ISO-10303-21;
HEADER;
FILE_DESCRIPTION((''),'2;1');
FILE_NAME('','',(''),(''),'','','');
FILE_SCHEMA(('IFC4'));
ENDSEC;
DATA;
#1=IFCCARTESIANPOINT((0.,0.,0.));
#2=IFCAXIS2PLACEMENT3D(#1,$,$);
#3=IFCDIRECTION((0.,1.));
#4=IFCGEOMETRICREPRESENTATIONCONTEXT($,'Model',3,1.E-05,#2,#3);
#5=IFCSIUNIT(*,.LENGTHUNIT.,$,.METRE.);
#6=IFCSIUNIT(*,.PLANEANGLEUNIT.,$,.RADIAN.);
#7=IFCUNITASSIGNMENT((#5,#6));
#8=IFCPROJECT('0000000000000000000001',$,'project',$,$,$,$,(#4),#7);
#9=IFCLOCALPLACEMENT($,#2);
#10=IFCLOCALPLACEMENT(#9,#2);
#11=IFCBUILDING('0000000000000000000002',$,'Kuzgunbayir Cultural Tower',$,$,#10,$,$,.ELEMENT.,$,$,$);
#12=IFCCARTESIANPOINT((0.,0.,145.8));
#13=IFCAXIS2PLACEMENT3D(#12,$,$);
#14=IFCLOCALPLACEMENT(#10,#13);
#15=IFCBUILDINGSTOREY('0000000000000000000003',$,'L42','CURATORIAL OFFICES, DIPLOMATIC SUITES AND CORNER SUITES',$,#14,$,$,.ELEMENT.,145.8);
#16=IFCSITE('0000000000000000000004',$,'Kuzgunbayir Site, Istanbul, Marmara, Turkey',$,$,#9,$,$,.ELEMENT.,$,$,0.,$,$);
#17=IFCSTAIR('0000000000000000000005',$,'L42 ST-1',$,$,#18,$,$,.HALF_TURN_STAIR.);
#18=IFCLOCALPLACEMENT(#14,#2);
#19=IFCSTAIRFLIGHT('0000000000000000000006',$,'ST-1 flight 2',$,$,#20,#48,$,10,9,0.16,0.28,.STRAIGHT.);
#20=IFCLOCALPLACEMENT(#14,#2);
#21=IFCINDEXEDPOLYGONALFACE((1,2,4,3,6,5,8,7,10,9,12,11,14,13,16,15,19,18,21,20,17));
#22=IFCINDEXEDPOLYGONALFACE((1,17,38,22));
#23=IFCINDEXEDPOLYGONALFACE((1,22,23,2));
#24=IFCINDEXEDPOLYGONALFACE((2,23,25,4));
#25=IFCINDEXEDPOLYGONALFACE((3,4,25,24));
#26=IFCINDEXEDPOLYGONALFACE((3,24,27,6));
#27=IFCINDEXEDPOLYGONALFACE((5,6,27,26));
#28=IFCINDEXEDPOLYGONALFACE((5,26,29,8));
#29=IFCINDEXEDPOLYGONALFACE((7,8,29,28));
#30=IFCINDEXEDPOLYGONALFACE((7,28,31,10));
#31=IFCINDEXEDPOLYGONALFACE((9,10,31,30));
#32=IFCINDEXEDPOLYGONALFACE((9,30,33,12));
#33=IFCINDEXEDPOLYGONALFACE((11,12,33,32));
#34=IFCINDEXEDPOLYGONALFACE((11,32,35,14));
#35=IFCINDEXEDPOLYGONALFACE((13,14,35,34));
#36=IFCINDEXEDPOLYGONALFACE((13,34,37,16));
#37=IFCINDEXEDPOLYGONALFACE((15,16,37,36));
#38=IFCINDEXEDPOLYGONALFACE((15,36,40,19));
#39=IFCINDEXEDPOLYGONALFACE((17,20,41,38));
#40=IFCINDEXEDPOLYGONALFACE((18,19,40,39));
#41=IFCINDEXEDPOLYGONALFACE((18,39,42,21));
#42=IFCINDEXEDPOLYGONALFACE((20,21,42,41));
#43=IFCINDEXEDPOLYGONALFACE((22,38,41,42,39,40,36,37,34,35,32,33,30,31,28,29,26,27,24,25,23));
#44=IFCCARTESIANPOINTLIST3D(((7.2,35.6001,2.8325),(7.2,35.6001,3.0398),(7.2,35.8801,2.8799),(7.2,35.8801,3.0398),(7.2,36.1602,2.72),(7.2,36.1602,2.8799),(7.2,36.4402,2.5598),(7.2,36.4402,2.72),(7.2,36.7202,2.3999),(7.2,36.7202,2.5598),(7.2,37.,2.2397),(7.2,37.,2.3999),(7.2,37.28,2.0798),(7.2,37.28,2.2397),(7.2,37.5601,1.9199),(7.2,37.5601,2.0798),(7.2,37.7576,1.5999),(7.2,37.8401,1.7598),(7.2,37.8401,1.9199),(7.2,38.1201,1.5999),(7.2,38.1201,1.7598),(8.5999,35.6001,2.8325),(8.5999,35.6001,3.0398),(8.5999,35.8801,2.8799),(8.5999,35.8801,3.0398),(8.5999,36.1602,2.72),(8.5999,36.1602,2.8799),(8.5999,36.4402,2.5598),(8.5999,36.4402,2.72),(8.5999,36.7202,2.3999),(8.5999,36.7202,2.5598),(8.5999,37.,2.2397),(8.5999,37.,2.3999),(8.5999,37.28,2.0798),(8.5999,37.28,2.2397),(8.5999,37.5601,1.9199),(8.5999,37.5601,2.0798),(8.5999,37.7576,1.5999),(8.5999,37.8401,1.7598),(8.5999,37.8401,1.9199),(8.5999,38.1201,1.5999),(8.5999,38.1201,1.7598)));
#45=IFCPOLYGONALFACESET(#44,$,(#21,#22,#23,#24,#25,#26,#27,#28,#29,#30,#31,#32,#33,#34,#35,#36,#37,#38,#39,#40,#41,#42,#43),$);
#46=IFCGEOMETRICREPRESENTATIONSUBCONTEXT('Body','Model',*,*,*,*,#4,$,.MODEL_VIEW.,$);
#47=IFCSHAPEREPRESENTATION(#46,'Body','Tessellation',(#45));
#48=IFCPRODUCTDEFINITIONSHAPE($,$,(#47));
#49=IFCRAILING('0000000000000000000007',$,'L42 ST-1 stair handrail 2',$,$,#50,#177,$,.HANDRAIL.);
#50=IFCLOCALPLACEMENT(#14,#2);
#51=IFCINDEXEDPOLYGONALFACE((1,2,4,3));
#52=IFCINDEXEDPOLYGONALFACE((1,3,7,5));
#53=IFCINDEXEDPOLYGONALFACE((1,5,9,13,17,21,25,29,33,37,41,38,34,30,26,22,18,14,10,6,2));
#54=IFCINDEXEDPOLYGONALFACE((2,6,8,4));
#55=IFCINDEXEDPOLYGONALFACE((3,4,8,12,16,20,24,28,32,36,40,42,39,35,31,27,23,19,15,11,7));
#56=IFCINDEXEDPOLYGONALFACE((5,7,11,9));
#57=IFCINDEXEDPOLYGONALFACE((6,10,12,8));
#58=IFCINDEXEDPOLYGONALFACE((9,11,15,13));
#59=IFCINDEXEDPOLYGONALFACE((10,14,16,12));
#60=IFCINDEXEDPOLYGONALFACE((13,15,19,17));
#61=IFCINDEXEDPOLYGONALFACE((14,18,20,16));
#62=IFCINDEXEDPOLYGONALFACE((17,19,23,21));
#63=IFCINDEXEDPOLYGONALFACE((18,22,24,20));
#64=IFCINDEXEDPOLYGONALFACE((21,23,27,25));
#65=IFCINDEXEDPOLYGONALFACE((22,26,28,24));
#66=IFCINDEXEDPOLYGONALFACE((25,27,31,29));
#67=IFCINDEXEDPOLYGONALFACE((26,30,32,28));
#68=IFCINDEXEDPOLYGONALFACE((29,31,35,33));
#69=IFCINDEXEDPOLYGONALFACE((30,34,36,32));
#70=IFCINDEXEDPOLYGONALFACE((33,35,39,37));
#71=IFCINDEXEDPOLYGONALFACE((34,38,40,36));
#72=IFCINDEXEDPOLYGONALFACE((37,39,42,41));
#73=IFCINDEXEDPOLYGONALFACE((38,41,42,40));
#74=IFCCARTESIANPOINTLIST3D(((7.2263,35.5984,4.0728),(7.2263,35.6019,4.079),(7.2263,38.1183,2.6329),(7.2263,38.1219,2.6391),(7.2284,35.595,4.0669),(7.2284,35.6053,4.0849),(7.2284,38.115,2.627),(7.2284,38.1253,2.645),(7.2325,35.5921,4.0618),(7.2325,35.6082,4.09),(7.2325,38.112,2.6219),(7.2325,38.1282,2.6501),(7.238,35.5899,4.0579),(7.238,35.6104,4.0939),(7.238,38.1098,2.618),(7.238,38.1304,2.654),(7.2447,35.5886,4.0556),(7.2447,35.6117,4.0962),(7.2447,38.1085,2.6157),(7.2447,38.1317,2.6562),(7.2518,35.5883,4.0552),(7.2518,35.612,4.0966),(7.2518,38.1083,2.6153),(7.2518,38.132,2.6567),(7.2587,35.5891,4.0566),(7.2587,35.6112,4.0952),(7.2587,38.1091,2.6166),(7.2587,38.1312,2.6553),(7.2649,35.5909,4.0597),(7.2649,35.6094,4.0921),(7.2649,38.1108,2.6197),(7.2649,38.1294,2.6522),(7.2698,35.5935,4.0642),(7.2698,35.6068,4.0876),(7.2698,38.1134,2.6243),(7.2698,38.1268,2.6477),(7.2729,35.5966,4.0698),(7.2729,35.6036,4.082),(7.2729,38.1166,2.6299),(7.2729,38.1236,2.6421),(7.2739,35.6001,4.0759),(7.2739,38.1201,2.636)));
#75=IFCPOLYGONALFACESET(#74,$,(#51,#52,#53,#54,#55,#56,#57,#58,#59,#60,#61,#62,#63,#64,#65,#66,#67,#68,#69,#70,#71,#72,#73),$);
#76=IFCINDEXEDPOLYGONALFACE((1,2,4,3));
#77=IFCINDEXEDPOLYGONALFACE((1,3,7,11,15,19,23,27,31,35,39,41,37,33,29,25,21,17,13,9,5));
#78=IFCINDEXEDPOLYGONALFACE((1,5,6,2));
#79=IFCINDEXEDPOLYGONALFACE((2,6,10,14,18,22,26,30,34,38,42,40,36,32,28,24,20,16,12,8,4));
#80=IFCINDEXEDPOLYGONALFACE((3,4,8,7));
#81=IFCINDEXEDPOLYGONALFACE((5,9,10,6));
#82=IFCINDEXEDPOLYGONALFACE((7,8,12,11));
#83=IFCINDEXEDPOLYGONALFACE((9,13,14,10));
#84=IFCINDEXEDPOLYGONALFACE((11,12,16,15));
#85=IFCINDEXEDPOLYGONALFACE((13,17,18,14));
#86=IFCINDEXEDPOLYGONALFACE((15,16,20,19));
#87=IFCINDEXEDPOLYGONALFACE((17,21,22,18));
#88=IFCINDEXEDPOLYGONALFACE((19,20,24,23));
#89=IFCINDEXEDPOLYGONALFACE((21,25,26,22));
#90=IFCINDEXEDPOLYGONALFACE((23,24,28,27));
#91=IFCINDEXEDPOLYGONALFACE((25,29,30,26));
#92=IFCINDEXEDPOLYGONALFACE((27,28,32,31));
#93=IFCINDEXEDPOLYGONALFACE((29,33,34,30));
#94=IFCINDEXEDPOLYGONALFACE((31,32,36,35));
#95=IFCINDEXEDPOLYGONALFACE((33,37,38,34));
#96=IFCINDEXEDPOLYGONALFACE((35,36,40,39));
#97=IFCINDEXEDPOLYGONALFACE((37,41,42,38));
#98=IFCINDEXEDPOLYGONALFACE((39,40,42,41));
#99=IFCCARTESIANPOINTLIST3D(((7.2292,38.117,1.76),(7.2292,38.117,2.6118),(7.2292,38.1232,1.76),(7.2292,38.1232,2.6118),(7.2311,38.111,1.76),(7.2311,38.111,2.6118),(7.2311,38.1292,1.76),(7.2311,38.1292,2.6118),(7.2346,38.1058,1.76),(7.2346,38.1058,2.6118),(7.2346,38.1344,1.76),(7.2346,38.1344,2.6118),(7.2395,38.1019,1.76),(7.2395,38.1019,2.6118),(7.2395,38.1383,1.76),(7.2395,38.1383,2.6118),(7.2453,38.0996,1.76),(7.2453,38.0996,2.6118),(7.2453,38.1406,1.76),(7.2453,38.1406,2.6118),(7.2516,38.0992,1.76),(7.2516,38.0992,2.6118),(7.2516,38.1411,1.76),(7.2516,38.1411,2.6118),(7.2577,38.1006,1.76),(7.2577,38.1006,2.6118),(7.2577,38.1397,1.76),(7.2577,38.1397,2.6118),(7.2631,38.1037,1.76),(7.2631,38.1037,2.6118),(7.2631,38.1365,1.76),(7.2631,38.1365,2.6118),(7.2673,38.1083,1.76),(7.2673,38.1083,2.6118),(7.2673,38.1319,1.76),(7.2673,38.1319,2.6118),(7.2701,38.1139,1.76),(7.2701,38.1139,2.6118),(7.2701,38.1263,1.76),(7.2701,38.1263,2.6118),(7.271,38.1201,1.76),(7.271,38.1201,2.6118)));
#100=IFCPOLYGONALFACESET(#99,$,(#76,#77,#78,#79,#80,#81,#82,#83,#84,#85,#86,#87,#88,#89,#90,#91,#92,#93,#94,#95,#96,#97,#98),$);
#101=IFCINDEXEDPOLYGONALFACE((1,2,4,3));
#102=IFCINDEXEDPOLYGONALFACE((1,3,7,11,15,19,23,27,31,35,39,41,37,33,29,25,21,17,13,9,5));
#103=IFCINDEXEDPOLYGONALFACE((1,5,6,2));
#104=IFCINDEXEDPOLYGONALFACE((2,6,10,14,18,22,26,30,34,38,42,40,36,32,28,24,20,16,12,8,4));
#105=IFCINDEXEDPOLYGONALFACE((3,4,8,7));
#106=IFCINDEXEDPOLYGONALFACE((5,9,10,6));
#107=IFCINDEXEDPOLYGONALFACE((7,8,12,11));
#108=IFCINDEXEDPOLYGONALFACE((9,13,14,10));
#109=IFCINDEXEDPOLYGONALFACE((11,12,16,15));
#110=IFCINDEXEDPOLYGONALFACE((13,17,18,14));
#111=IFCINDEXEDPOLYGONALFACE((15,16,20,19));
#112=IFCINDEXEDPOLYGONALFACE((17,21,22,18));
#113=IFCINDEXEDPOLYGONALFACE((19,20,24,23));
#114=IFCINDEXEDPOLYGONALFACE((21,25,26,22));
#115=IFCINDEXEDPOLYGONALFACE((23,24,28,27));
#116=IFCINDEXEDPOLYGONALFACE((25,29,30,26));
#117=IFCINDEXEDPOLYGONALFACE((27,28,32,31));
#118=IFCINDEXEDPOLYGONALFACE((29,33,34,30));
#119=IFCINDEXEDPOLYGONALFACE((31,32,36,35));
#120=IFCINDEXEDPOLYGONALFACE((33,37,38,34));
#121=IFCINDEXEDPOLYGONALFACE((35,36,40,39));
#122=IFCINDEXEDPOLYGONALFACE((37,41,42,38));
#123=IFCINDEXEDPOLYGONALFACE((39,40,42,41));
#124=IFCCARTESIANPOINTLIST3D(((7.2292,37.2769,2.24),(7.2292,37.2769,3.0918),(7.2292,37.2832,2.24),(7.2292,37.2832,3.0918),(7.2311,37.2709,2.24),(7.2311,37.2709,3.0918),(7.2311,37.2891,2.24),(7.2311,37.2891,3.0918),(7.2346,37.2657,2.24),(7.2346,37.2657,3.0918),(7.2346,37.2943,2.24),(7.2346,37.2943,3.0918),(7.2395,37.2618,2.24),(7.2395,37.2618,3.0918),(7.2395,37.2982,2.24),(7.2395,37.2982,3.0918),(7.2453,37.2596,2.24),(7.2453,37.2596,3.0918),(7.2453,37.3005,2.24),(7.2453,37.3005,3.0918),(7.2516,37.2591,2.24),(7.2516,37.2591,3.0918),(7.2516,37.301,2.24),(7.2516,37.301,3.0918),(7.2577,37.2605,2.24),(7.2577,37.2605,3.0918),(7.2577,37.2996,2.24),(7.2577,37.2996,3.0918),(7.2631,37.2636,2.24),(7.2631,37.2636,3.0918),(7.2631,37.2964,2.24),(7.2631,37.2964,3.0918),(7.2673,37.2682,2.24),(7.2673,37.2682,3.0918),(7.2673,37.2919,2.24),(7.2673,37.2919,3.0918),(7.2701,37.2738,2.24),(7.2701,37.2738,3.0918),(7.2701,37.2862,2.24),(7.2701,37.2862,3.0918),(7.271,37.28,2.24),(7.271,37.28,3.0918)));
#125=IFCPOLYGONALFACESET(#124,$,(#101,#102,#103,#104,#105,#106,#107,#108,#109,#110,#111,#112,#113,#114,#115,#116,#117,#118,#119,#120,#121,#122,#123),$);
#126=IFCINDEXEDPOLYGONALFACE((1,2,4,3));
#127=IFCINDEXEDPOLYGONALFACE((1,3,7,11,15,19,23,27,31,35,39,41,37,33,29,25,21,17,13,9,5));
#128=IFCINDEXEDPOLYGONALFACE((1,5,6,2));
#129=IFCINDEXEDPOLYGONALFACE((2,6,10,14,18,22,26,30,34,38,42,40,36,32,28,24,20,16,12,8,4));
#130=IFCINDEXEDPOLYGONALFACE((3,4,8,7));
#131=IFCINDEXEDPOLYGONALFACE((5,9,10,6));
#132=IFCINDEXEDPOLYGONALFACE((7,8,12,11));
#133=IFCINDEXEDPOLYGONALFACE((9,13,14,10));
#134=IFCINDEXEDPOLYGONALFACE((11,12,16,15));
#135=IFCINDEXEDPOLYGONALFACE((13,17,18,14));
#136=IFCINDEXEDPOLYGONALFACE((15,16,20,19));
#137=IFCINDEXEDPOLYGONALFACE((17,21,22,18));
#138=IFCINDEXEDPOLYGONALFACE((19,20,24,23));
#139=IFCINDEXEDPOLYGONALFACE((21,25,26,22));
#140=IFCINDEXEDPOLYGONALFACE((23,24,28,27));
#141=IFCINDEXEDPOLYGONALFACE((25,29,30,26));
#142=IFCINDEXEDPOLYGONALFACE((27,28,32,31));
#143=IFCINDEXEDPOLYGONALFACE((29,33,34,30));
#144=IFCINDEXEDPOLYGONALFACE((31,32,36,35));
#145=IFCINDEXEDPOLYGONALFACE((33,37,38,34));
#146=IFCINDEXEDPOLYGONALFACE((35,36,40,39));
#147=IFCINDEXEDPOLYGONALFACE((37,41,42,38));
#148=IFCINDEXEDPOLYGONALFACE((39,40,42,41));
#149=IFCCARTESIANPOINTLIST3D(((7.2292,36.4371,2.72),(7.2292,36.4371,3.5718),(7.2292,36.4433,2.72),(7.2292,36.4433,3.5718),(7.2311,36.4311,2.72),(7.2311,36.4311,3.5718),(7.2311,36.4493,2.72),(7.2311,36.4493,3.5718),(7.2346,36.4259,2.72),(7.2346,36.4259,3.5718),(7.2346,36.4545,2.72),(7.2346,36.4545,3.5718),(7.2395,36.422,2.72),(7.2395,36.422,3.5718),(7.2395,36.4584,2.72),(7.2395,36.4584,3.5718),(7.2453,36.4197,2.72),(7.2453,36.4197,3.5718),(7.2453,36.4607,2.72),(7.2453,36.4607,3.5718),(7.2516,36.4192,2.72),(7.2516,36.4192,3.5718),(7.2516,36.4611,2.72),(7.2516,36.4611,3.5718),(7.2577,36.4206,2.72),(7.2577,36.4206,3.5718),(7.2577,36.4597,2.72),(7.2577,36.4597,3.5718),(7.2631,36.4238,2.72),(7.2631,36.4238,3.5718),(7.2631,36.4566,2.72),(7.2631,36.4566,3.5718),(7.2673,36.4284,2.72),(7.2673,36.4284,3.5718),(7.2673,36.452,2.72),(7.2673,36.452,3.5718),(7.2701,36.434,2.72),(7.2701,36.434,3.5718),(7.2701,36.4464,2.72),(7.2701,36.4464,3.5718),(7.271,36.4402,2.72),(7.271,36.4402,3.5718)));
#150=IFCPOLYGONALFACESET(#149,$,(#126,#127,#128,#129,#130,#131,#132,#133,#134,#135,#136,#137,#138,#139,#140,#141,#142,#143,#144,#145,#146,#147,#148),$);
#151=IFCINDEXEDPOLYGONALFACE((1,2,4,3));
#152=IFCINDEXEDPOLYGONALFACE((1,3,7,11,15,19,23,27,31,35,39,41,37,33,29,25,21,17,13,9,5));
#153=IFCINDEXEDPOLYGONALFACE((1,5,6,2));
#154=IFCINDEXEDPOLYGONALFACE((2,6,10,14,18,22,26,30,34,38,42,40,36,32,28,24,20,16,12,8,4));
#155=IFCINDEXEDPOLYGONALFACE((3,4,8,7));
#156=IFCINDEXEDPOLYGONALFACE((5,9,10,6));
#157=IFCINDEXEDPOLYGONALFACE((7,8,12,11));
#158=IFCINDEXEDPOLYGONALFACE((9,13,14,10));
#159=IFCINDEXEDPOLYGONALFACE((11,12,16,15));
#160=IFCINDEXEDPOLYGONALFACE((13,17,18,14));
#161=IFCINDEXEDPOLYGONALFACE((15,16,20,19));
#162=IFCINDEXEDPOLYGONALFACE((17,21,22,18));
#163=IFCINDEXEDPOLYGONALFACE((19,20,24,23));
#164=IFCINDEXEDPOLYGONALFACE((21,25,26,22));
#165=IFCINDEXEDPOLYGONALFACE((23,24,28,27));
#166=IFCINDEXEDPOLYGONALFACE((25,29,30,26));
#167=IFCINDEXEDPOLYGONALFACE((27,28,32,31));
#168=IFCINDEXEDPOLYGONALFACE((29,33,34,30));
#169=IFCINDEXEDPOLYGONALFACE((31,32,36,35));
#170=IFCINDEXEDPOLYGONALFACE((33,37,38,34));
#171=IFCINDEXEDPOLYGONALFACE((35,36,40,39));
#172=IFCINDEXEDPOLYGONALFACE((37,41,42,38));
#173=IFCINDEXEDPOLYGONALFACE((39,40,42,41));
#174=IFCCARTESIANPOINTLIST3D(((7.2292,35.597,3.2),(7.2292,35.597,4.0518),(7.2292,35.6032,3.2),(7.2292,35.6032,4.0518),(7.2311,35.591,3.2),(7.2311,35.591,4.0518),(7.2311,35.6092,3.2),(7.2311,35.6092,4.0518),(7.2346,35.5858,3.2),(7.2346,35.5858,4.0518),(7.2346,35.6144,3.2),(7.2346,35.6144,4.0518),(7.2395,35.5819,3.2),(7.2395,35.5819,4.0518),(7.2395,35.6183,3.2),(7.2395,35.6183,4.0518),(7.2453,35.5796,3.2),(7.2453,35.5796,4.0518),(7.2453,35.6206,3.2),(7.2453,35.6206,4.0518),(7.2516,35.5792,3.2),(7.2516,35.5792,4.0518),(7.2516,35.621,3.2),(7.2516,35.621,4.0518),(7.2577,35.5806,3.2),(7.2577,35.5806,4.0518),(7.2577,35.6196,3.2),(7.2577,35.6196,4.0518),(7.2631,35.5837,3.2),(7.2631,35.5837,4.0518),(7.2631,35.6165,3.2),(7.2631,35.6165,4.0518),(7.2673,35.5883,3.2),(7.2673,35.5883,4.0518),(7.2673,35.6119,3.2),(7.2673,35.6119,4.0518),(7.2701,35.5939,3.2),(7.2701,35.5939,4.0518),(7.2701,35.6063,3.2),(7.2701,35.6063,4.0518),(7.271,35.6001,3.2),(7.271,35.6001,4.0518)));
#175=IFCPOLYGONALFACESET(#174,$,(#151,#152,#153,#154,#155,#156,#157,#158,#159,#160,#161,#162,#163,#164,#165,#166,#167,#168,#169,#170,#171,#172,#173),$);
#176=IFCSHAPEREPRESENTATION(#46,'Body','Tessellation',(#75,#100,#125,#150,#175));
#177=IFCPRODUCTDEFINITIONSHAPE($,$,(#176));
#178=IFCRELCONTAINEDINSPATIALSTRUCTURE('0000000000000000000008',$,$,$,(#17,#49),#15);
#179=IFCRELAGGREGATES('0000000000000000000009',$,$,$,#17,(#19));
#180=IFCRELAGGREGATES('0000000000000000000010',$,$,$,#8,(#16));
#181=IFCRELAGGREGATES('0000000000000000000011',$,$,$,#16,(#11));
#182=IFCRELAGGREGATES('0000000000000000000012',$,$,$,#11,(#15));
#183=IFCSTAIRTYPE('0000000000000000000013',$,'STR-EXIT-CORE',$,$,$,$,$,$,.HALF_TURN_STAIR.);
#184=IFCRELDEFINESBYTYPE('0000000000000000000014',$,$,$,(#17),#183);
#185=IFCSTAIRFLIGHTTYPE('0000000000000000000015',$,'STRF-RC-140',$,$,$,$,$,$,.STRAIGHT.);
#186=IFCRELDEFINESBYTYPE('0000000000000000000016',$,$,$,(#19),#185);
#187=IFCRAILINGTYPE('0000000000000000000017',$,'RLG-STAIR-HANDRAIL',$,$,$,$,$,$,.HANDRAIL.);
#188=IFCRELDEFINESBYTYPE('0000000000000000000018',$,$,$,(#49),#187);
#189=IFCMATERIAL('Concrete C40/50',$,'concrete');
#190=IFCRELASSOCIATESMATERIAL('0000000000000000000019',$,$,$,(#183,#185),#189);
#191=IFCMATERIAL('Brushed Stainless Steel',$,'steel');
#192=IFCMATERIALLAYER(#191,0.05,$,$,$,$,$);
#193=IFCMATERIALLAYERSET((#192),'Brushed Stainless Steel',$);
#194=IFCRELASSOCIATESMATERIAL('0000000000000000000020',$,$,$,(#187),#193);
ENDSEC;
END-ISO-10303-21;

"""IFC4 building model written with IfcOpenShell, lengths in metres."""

from ifc_helpers import new_model, si_unit, direction, frame, origin, origin_2d, place, context, subcontext, project, spatial, polyline, circle, outline, extrude, material, layer, layer_set, type_object, element, aggregate, save


model = new_model("IFC4")

# Units and contexts
model_context = context("Model", 3, precision=1e-05, world=origin(), true_north=direction((0.0, 1.0)))
body_context = subcontext(model_context, "Body", "Model", "MODEL_VIEW")
ifc_project = project(units=[si_unit("LENGTHUNIT", "METRE"), si_unit("PLANEANGLEUNIT", "RADIAN")], contexts=[model_context])

# Site, building, storey
site_placement = place(None, origin())
site = spatial("IfcSite", under=ifc_project, at=site_placement, Name="Kuzgunbayir Site, Istanbul, Marmara, Turkey", CompositionType="ELEMENT", RefElevation=0.0)
building_placement = place(site_placement, origin())
building = spatial("IfcBuilding", under=site, at=building_placement, Name="Kuzgunbayir Cultural Tower", CompositionType="ELEMENT")
storey_placement = place(building_placement, frame((0.0, 0.0, 145.8)))
storey = spatial("IfcBuildingStorey", under=building, at=storey_placement, Name="L42", Description="CURATORIAL OFFICES, DIPLOMATIC SUITES AND CORNER SUITES", CompositionType="ELEMENT", Elevation=145.8)

# Stair, stair flight
ifc_material_1 = material(Name="Concrete C40/50", Category="concrete")
stair_type = type_object("IfcStairType", Name="STR-EXIT-CORE", PredefinedType="HALF_TURN_STAIR", material=ifc_material_1)
stair_placement = place(storey_placement, origin())
stair = element("IfcStair", 1, at=stair_placement, inside=storey, type_object=stair_type, Name="L42 ST-1", PredefinedType="HALF_TURN_STAIR")
stair_flight_type = type_object("IfcStairFlightType", Name="STRF-RC-140", PredefinedType="STRAIGHT", material=ifc_material_1)
stair_flight_placement = place(storey_placement, frame((7.8999, 38.1201, 1.5999), z_axis=(0.0, 0.0, 1.0), x_axis=(0.0, -1.0, 0.0)))
stair_flight = element("IfcStairFlight", 2, at=stair_flight_placement, type_object=stair_flight_type, Name="ST-1 flight 2", NumberOfRisers=10, NumberOfTreads=9, PredefinedType="STRAIGHT", RiserHeight=0.16, TreadLength=0.28, context=body_context, shape_type="SweptSolid", body=[
    extrude(outline(polyline([(0.0, 0.0), (0.0, 0.1599), (0.28, 0.1599), (0.28, 0.3201), (0.5601, 0.3201), (0.5601, 0.48), (0.8401, 0.48), (0.8401, 0.6399), (1.1201, 0.6399), (1.1201, 0.8), (1.3999, 0.8), (1.3999, 0.96), (1.6799, 0.96), (1.6799, 1.1201), (1.96, 1.1201), (1.96, 1.28), (2.24, 1.28), (2.24, 1.4399), (2.52, 1.4399), (2.52, 1.6001), (2.52, 1.2327), (0.3625, 0.0), (0.0, 0.0)])), frame((0.0, 0.7, 0.0), z_axis=(0.0, -1.0, 0.0), x_axis=(1.0, 0.0, 0.0)), (0.0, 0.0, 1.0), 1.3999),
])
aggregate(stair, [stair_flight])

# Railing
ifc_material_2 = material(Name="Brushed Stainless Steel", Category="steel")
ifc_layer_1 = layer(ifc_material_2, 0.05)
ifc_layer_set_1 = layer_set([ifc_layer_1], Name="Brushed Stainless Steel")
railing_type_1 = type_object("IfcRailingType", Name="RLG-STAIR-HANDRAIL", PredefinedType="HANDRAIL", material=ifc_layer_set_1)
railing_1_placement = place(storey_placement, frame((7.25, 38.1201, 1.76)))
element("IfcRailing", 3, at=railing_1_placement, inside=storey, type_object=railing_type_1, Name="L42 ST-1 stair handrail 2", PredefinedType="HANDRAIL", context=body_context, shape_type="SweptSolid", body=[
    extrude(circle(Radius=0.0239, at=origin_2d()), frame((0.0, 0.0, 0.876), z_axis=(0.0, -0.868253, 0.496121), x_axis=(1.0, 0.0, 0.0)), (0.0, 0.0, 1.0), 2.9023),
    extrude(circle(Radius=0.021, at=origin_2d()), origin(), (0.0, 0.0, 1.0), 0.8518),
    extrude(circle(Radius=0.021, at=origin_2d()), frame((0.0, -0.8401, 0.48)), (0.0, 0.0, 1.0), 0.8518),
    extrude(circle(Radius=0.021, at=origin_2d()), frame((0.0, -1.6799, 0.96)), (0.0, 0.0, 1.0), 0.8518),
    extrude(circle(Radius=0.021, at=origin_2d()), frame((0.0, -2.52, 1.4399)), (0.0, 0.0, 1.0), 0.8518),
])

save(model, "model.ifc")
